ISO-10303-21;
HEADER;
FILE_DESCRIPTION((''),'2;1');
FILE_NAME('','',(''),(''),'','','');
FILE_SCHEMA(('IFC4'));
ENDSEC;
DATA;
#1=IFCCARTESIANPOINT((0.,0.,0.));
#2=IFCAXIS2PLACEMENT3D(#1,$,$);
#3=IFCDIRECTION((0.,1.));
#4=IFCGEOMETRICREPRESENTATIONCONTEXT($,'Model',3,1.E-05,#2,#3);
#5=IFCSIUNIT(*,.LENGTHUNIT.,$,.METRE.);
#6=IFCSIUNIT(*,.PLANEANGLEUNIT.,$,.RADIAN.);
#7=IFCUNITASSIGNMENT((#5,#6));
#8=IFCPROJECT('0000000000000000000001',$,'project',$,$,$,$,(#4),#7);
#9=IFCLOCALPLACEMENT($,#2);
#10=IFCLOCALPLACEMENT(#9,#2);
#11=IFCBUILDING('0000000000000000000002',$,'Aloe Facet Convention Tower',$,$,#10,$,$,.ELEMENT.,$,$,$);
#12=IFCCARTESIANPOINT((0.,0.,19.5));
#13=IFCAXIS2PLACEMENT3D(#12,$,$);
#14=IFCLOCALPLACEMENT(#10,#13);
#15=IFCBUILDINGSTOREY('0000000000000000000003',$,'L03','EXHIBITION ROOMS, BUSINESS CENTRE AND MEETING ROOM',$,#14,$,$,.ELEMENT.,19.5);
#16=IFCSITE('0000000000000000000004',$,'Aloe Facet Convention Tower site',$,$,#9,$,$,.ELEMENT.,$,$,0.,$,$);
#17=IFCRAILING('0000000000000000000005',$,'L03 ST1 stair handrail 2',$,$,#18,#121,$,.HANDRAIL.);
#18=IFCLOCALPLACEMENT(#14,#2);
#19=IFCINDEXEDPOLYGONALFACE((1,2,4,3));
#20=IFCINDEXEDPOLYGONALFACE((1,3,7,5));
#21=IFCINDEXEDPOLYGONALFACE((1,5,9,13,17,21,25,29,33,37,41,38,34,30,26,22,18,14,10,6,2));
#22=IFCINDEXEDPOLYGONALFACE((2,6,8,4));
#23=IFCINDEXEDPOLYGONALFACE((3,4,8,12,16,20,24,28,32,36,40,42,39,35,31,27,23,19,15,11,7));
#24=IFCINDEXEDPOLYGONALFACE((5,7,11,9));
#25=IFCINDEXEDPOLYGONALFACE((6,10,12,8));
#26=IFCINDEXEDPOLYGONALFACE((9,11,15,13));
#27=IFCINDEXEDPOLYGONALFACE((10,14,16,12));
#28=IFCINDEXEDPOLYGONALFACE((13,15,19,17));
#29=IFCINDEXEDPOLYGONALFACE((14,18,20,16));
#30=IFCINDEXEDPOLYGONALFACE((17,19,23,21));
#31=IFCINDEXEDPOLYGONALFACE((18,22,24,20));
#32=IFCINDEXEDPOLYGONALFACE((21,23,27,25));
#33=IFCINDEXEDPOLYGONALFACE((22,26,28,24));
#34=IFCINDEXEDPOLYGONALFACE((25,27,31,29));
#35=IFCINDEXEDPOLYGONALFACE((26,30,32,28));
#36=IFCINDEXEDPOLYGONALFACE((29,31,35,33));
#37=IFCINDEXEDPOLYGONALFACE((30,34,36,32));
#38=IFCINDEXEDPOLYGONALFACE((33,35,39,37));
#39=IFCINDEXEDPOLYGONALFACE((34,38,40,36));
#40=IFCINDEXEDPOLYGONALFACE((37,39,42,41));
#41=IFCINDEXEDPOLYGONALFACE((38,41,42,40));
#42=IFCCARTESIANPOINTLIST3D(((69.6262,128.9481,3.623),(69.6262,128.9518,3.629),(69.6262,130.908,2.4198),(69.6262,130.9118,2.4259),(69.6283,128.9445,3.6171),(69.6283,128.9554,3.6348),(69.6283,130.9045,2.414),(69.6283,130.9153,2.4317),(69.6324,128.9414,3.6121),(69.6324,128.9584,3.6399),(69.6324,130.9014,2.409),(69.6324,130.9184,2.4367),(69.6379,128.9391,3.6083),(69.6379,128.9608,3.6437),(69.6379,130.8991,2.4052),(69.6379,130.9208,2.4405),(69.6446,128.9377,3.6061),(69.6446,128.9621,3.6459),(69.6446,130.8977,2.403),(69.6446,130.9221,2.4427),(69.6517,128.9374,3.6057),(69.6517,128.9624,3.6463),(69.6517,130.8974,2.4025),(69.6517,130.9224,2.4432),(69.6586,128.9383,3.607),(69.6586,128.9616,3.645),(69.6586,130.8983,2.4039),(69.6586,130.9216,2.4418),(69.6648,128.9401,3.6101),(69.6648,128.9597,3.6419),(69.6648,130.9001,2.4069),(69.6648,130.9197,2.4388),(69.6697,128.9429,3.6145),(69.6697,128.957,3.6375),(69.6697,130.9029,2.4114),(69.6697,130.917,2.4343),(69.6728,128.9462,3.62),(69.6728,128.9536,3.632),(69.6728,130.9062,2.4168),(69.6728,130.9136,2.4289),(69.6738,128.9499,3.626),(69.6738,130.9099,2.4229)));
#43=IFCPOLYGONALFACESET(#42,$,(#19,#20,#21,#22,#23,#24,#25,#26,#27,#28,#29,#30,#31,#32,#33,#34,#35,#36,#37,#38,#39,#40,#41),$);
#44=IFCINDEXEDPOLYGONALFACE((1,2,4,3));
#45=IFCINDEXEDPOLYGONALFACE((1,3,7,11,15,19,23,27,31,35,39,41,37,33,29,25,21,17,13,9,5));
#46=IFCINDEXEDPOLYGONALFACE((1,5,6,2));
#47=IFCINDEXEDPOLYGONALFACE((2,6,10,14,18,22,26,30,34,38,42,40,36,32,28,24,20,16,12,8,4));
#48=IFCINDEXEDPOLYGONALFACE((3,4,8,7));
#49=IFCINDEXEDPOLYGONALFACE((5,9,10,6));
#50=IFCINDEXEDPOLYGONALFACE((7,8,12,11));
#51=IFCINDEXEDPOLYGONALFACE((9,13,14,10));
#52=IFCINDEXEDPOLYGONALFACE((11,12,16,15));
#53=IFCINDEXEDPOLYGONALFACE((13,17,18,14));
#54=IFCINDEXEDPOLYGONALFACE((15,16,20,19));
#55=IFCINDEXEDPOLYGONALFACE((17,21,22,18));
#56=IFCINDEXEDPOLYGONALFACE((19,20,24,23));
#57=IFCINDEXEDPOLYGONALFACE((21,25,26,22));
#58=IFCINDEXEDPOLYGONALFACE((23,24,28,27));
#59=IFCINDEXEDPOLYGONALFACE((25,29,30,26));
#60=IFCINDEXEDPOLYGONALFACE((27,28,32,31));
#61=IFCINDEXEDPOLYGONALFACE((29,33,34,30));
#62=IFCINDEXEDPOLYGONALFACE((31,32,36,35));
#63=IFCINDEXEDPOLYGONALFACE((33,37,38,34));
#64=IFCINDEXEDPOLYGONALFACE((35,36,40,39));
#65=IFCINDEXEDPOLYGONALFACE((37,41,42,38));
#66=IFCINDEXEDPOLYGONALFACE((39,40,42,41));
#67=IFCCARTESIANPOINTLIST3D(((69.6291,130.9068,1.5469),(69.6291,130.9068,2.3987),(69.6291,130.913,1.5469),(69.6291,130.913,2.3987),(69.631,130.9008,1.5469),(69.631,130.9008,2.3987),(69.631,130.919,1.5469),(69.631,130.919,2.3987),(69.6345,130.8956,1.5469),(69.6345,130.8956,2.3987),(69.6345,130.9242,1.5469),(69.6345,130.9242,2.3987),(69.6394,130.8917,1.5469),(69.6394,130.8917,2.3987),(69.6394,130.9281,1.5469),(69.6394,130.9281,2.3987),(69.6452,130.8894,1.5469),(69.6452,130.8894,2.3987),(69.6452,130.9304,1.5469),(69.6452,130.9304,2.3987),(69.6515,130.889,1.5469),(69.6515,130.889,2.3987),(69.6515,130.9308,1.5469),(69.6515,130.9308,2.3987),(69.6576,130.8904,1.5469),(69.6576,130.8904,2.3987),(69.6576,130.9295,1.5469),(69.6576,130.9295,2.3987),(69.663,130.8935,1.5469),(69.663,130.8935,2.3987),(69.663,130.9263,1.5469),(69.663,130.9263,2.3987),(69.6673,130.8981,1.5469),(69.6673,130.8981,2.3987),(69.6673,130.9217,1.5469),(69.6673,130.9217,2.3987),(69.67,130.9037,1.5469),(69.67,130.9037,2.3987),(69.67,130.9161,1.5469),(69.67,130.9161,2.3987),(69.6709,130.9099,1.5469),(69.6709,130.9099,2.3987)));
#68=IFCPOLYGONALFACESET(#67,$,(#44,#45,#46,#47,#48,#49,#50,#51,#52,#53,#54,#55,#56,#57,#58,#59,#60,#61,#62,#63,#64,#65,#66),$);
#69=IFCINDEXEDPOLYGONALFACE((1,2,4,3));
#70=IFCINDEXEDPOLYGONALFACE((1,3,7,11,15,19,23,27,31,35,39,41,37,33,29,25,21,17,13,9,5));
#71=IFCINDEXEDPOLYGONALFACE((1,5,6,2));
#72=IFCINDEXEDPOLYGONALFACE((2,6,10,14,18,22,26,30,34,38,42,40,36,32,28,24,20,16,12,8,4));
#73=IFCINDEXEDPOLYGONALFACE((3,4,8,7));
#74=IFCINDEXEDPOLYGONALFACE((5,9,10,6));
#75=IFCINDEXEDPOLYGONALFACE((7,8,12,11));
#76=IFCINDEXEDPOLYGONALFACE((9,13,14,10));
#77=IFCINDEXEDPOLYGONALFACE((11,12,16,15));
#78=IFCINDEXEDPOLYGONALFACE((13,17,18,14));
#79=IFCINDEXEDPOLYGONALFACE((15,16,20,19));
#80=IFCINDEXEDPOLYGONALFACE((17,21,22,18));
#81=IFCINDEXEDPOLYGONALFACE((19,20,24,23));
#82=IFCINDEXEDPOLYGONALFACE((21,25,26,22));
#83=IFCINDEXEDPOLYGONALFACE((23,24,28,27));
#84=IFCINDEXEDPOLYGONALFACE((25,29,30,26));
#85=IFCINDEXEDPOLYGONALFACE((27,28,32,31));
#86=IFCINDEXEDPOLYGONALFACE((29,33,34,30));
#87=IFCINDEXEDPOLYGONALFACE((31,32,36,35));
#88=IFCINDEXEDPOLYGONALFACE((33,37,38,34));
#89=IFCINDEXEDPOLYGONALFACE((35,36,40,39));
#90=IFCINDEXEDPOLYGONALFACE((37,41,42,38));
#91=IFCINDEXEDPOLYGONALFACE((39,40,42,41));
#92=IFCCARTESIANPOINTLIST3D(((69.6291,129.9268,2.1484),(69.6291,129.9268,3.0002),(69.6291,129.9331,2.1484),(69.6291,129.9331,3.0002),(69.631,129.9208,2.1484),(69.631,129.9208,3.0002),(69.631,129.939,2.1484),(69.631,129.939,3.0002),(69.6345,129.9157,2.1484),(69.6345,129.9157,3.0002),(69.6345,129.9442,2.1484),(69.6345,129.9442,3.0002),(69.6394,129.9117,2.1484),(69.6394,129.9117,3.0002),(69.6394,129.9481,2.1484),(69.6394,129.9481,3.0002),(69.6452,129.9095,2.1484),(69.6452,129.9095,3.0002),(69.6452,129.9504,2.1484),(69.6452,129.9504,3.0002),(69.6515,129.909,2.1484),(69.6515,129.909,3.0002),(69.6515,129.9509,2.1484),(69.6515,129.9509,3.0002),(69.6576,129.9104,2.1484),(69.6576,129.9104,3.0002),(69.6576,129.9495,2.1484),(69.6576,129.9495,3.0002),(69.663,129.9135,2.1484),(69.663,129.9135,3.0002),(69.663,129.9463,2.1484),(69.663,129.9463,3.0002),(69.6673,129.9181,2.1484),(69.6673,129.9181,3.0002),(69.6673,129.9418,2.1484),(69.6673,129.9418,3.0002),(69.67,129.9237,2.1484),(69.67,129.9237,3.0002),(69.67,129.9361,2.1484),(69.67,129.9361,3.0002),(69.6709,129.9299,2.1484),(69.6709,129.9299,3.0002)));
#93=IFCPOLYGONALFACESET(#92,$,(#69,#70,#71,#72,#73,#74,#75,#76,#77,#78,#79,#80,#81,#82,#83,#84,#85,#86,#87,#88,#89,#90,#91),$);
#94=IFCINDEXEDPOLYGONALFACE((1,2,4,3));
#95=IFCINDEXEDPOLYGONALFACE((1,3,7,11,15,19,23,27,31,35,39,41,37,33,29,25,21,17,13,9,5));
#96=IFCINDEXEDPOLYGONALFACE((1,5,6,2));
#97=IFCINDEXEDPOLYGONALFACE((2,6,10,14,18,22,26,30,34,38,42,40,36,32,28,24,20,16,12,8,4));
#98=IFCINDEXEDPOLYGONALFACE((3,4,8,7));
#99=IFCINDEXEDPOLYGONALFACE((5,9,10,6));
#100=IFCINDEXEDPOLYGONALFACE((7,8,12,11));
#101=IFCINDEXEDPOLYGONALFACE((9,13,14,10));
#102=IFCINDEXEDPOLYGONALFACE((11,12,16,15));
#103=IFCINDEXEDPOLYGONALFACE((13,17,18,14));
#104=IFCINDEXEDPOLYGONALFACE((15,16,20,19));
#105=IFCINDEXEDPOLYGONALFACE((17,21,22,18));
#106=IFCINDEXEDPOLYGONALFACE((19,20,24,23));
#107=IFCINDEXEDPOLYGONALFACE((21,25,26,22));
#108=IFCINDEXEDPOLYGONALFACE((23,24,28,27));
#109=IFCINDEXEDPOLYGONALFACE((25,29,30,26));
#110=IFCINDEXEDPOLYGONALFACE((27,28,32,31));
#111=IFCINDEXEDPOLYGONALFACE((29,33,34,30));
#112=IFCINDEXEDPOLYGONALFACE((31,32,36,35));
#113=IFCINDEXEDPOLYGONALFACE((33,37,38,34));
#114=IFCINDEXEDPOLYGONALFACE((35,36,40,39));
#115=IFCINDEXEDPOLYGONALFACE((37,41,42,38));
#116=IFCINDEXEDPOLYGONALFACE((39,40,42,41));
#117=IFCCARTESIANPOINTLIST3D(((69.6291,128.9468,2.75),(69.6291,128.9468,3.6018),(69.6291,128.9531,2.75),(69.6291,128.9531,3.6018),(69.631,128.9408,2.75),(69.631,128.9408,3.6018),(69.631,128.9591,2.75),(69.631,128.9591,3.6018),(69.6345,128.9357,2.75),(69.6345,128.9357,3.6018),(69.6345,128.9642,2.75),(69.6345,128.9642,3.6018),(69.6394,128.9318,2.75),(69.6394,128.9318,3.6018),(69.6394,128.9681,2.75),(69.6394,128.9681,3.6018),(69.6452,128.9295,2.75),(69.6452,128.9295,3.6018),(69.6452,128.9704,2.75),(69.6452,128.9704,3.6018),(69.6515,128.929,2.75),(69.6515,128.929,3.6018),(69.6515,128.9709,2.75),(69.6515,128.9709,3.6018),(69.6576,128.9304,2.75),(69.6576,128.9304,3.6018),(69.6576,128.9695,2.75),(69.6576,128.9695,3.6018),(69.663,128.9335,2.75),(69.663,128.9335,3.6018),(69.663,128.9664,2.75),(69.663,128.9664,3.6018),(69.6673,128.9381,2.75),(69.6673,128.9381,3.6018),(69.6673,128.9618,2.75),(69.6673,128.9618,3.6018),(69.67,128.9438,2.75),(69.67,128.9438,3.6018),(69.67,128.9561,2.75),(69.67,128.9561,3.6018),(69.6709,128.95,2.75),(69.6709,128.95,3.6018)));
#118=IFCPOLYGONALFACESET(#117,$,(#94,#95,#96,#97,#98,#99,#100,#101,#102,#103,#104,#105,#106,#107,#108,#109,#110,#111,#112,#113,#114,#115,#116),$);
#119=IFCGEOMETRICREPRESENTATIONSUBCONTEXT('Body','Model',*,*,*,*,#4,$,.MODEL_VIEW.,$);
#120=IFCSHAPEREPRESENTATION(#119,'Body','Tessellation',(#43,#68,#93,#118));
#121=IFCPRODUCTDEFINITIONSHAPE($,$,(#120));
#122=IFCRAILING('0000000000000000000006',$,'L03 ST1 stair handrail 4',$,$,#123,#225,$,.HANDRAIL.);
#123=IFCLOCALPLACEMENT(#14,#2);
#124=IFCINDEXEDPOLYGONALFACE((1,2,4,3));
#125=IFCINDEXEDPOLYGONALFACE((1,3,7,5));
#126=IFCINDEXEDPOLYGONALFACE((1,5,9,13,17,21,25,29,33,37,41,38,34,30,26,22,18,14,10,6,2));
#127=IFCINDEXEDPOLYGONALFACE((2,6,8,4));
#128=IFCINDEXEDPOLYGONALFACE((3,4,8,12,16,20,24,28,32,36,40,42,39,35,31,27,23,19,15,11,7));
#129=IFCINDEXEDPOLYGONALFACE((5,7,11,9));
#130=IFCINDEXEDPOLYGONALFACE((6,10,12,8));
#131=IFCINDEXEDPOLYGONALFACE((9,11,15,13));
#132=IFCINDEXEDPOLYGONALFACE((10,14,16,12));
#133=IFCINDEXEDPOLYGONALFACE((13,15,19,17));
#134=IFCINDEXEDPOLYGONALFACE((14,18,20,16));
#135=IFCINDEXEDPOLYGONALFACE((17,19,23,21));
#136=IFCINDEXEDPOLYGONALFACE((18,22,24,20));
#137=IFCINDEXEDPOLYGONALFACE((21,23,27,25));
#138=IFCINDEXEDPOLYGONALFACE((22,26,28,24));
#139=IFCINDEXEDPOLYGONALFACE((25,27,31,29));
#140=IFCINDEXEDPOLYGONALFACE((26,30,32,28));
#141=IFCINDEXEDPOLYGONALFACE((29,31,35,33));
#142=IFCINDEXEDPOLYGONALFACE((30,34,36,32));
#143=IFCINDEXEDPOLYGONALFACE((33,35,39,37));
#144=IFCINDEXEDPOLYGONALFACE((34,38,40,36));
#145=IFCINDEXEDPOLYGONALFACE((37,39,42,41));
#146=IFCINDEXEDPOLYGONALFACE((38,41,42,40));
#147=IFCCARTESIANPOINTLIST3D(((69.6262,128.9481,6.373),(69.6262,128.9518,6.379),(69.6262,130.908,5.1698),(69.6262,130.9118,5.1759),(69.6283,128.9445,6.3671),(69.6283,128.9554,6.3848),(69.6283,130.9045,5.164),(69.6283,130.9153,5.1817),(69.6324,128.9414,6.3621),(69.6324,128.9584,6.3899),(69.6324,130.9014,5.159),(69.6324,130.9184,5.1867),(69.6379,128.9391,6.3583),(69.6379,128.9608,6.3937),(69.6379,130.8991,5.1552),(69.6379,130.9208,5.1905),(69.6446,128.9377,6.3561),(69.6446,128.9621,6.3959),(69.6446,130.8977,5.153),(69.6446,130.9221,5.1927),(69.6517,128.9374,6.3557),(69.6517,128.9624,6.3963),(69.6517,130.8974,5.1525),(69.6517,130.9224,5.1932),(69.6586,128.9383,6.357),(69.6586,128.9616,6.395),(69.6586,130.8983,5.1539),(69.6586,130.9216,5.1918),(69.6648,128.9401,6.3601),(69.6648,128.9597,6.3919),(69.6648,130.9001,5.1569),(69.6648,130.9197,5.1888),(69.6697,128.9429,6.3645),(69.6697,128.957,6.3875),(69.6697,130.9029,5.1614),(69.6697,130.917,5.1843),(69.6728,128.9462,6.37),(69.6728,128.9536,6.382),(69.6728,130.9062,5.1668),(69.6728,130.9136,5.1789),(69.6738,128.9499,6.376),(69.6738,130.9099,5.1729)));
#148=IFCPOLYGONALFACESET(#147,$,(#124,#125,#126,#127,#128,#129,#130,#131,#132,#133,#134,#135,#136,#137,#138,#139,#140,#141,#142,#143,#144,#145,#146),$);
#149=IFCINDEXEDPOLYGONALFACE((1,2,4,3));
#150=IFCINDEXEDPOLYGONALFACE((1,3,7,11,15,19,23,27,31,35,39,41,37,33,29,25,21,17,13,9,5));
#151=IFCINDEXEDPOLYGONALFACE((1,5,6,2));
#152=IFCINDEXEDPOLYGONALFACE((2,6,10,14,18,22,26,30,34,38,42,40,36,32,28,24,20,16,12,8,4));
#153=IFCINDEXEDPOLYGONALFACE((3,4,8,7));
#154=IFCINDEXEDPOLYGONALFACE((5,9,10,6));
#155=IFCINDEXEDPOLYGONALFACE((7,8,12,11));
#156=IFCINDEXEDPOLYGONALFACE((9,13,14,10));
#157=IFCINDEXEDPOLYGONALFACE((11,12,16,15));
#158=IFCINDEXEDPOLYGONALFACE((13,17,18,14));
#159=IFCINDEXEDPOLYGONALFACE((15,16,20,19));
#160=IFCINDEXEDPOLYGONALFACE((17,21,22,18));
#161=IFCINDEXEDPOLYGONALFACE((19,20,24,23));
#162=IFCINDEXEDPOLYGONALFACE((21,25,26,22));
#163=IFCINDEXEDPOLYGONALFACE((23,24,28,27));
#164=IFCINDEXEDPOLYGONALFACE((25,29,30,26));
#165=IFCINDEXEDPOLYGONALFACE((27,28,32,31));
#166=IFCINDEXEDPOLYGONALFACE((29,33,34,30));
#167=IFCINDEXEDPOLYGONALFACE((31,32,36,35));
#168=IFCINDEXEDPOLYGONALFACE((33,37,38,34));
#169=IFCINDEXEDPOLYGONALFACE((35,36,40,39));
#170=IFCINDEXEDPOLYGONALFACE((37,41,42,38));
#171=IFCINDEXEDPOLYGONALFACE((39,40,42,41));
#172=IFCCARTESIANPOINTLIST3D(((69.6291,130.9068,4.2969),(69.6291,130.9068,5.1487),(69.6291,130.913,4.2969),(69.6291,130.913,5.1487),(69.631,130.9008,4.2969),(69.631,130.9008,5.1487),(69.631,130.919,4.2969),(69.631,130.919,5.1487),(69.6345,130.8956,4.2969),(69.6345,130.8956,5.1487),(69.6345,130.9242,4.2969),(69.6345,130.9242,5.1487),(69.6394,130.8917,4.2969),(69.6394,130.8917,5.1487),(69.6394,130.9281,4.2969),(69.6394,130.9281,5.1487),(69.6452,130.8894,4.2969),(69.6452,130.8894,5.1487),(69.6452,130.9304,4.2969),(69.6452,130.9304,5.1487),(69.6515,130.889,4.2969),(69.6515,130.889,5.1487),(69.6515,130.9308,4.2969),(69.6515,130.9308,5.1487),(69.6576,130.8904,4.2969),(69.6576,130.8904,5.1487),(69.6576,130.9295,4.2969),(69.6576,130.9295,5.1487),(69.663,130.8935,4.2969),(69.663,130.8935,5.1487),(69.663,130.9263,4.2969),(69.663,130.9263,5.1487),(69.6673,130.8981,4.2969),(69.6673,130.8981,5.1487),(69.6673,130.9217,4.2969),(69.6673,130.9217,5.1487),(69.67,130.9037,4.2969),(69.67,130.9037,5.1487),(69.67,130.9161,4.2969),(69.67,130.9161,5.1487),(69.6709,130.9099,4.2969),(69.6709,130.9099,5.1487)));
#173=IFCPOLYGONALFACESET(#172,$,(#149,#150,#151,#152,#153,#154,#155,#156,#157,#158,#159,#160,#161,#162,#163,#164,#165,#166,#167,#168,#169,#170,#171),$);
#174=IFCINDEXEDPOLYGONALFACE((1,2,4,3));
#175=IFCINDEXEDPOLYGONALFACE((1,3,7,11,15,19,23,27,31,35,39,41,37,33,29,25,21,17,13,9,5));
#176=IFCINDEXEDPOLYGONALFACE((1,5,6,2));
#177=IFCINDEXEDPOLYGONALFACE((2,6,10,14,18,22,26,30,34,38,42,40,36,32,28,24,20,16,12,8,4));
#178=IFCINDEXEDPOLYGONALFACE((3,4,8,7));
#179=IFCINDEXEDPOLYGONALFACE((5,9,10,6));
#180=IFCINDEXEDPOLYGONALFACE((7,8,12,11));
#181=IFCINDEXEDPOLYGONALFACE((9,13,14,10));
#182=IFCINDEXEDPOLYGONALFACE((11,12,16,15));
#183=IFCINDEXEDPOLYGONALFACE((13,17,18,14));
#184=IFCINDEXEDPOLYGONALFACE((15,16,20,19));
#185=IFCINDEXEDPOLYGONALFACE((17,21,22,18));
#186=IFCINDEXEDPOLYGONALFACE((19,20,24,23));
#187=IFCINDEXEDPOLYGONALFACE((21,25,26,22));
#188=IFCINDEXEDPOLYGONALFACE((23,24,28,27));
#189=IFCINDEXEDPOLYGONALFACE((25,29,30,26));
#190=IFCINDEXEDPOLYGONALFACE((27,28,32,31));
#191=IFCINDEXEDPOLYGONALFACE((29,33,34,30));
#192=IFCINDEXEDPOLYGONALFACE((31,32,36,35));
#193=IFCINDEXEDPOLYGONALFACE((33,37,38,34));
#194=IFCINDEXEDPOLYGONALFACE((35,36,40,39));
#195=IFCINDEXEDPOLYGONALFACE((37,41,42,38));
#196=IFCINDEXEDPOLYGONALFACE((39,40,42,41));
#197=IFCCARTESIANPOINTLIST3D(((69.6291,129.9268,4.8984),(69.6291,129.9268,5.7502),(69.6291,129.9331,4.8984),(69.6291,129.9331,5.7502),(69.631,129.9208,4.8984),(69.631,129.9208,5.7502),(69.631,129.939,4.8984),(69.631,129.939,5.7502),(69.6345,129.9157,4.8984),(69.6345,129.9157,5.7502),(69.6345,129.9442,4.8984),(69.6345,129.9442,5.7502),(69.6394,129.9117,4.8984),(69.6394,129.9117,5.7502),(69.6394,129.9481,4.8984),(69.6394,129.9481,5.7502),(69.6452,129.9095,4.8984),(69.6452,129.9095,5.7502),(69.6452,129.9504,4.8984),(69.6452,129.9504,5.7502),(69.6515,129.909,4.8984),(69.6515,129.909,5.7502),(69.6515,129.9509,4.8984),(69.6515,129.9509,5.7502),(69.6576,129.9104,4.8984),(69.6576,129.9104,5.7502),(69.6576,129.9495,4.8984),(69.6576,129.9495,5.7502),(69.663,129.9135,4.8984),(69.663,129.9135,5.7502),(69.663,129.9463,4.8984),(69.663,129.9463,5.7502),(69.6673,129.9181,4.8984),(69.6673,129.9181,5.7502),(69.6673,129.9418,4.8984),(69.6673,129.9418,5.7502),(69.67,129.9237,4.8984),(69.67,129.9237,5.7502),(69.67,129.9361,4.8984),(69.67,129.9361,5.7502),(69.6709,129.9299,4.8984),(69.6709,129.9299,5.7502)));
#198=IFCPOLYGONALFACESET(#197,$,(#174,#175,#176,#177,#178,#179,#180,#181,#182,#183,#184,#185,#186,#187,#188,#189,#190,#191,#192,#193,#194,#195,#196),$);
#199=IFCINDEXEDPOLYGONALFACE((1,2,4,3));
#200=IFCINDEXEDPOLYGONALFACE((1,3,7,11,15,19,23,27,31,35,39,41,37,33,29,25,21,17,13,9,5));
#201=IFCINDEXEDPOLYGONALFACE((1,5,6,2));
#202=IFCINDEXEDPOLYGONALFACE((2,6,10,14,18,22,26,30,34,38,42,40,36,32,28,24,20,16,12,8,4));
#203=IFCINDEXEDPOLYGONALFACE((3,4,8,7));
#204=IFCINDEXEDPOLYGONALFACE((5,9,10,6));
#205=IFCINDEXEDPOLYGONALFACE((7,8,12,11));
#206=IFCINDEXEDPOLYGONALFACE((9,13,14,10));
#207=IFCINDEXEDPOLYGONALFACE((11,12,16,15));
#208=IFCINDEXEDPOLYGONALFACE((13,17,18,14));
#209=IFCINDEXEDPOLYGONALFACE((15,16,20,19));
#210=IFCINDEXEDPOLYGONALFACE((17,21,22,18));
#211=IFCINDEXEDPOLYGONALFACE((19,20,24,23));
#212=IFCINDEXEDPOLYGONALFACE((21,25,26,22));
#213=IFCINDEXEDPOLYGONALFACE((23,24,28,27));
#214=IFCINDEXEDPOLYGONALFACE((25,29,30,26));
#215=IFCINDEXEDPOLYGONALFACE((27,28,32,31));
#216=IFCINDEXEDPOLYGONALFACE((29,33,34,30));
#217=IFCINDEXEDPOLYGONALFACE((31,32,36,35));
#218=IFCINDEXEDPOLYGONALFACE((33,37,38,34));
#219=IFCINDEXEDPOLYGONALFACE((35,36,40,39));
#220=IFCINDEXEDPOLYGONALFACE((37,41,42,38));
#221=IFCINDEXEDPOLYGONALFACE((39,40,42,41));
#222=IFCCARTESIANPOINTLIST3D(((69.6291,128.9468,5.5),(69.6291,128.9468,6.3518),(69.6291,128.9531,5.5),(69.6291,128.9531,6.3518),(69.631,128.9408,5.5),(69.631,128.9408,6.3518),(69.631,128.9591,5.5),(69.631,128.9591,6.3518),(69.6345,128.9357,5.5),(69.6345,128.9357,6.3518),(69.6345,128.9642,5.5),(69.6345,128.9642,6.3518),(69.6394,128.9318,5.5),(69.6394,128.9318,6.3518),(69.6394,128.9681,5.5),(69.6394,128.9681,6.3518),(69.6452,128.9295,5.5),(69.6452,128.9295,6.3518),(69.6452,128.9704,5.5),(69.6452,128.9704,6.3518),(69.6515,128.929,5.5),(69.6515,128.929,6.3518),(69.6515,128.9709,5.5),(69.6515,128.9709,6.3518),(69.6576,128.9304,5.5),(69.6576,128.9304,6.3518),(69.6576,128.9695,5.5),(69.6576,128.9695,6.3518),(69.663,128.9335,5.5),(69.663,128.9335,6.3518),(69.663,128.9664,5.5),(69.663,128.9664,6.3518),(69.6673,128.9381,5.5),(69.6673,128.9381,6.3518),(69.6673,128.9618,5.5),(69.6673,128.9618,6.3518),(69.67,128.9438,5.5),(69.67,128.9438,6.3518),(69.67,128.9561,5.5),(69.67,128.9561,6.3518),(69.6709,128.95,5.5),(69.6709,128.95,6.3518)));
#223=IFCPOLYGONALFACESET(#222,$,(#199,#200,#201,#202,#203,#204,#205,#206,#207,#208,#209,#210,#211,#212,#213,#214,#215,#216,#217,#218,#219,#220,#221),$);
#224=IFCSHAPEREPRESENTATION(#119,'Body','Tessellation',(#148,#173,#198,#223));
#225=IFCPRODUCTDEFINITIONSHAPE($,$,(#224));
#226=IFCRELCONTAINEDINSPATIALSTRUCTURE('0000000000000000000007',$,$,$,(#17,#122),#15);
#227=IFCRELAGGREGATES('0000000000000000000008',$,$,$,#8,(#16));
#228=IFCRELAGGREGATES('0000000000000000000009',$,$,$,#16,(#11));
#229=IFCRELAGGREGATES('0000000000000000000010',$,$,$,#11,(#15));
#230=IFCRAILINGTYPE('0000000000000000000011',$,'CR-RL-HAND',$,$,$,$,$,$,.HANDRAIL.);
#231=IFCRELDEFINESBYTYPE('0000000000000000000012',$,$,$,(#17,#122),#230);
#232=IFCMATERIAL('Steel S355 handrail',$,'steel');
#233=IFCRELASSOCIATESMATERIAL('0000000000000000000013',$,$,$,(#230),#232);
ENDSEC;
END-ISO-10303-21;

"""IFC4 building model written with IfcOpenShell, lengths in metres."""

from ifc_helpers import new_model, si_unit, direction, frame, origin, origin_2d, place, context, subcontext, project, spatial, circle, extrude, material, type_object, element, save


model = new_model("IFC4")

# Units and contexts
model_context = context("Model", 3, precision=1e-05, world=origin(), true_north=direction((0.0, 1.0)))
body_context = subcontext(model_context, "Body", "Model", "MODEL_VIEW")
ifc_project = project(units=[si_unit("LENGTHUNIT", "METRE"), si_unit("PLANEANGLEUNIT", "RADIAN")], contexts=[model_context])

# Site, building, storey
site_placement = place(None, origin())
site = spatial("IfcSite", under=ifc_project, at=site_placement, Name="Aloe Facet Convention Tower site", CompositionType="ELEMENT", RefElevation=0.0)
building_placement = place(site_placement, origin())
building = spatial("IfcBuilding", under=site, at=building_placement, Name="Aloe Facet Convention Tower", CompositionType="ELEMENT")
storey_placement = place(building_placement, frame((0.0, 0.0, 19.5)))
storey = spatial("IfcBuildingStorey", under=building, at=storey_placement, Name="L03", Description="EXHIBITION ROOMS, BUSINESS CENTRE AND MEETING ROOM", CompositionType="ELEMENT", Elevation=19.5)

# Railings
ifc_material_1 = material(Name="Steel S355 handrail", Category="steel")
railing_type = type_object("IfcRailingType", Name="CR-RL-HAND", PredefinedType="HANDRAIL", material=ifc_material_1)
for number, where, name in (
    (1, (69.6499, 130.9099, 1.5469), "L03 ST1 stair handrail 2"),
    (2, (69.6499, 130.9099, 4.2969), "L03 ST1 stair handrail 4"),
):
    element("IfcRailing", number, at=place(storey_placement, frame(where)), inside=storey, type_object=railing_type, Name=name, PredefinedType="HANDRAIL", context=body_context, shape_type="SweptSolid", body=[
        extrude(circle(Radius=0.0239, at=origin_2d()), frame((0.0, 0.0, 0.876), z_axis=(0.0, -0.852241, 0.523149), x_axis=(1.0, 0.0, 0.0)), (0.0, 0.0, 1.0), 2.2998),
        extrude(circle(Radius=0.021, at=origin_2d()), origin(), (0.0, 0.0, 1.0), 0.8518),
        extrude(circle(Radius=0.021, at=origin_2d()), frame((0.0, -0.98, 0.6016)), (0.0, 0.0, 1.0), 0.8518),
        extrude(circle(Radius=0.021, at=origin_2d()), frame((0.0, -1.96, 1.2031)), (0.0, 0.0, 1.0), 0.8518),
    ])

save(model, "model.ifc")
